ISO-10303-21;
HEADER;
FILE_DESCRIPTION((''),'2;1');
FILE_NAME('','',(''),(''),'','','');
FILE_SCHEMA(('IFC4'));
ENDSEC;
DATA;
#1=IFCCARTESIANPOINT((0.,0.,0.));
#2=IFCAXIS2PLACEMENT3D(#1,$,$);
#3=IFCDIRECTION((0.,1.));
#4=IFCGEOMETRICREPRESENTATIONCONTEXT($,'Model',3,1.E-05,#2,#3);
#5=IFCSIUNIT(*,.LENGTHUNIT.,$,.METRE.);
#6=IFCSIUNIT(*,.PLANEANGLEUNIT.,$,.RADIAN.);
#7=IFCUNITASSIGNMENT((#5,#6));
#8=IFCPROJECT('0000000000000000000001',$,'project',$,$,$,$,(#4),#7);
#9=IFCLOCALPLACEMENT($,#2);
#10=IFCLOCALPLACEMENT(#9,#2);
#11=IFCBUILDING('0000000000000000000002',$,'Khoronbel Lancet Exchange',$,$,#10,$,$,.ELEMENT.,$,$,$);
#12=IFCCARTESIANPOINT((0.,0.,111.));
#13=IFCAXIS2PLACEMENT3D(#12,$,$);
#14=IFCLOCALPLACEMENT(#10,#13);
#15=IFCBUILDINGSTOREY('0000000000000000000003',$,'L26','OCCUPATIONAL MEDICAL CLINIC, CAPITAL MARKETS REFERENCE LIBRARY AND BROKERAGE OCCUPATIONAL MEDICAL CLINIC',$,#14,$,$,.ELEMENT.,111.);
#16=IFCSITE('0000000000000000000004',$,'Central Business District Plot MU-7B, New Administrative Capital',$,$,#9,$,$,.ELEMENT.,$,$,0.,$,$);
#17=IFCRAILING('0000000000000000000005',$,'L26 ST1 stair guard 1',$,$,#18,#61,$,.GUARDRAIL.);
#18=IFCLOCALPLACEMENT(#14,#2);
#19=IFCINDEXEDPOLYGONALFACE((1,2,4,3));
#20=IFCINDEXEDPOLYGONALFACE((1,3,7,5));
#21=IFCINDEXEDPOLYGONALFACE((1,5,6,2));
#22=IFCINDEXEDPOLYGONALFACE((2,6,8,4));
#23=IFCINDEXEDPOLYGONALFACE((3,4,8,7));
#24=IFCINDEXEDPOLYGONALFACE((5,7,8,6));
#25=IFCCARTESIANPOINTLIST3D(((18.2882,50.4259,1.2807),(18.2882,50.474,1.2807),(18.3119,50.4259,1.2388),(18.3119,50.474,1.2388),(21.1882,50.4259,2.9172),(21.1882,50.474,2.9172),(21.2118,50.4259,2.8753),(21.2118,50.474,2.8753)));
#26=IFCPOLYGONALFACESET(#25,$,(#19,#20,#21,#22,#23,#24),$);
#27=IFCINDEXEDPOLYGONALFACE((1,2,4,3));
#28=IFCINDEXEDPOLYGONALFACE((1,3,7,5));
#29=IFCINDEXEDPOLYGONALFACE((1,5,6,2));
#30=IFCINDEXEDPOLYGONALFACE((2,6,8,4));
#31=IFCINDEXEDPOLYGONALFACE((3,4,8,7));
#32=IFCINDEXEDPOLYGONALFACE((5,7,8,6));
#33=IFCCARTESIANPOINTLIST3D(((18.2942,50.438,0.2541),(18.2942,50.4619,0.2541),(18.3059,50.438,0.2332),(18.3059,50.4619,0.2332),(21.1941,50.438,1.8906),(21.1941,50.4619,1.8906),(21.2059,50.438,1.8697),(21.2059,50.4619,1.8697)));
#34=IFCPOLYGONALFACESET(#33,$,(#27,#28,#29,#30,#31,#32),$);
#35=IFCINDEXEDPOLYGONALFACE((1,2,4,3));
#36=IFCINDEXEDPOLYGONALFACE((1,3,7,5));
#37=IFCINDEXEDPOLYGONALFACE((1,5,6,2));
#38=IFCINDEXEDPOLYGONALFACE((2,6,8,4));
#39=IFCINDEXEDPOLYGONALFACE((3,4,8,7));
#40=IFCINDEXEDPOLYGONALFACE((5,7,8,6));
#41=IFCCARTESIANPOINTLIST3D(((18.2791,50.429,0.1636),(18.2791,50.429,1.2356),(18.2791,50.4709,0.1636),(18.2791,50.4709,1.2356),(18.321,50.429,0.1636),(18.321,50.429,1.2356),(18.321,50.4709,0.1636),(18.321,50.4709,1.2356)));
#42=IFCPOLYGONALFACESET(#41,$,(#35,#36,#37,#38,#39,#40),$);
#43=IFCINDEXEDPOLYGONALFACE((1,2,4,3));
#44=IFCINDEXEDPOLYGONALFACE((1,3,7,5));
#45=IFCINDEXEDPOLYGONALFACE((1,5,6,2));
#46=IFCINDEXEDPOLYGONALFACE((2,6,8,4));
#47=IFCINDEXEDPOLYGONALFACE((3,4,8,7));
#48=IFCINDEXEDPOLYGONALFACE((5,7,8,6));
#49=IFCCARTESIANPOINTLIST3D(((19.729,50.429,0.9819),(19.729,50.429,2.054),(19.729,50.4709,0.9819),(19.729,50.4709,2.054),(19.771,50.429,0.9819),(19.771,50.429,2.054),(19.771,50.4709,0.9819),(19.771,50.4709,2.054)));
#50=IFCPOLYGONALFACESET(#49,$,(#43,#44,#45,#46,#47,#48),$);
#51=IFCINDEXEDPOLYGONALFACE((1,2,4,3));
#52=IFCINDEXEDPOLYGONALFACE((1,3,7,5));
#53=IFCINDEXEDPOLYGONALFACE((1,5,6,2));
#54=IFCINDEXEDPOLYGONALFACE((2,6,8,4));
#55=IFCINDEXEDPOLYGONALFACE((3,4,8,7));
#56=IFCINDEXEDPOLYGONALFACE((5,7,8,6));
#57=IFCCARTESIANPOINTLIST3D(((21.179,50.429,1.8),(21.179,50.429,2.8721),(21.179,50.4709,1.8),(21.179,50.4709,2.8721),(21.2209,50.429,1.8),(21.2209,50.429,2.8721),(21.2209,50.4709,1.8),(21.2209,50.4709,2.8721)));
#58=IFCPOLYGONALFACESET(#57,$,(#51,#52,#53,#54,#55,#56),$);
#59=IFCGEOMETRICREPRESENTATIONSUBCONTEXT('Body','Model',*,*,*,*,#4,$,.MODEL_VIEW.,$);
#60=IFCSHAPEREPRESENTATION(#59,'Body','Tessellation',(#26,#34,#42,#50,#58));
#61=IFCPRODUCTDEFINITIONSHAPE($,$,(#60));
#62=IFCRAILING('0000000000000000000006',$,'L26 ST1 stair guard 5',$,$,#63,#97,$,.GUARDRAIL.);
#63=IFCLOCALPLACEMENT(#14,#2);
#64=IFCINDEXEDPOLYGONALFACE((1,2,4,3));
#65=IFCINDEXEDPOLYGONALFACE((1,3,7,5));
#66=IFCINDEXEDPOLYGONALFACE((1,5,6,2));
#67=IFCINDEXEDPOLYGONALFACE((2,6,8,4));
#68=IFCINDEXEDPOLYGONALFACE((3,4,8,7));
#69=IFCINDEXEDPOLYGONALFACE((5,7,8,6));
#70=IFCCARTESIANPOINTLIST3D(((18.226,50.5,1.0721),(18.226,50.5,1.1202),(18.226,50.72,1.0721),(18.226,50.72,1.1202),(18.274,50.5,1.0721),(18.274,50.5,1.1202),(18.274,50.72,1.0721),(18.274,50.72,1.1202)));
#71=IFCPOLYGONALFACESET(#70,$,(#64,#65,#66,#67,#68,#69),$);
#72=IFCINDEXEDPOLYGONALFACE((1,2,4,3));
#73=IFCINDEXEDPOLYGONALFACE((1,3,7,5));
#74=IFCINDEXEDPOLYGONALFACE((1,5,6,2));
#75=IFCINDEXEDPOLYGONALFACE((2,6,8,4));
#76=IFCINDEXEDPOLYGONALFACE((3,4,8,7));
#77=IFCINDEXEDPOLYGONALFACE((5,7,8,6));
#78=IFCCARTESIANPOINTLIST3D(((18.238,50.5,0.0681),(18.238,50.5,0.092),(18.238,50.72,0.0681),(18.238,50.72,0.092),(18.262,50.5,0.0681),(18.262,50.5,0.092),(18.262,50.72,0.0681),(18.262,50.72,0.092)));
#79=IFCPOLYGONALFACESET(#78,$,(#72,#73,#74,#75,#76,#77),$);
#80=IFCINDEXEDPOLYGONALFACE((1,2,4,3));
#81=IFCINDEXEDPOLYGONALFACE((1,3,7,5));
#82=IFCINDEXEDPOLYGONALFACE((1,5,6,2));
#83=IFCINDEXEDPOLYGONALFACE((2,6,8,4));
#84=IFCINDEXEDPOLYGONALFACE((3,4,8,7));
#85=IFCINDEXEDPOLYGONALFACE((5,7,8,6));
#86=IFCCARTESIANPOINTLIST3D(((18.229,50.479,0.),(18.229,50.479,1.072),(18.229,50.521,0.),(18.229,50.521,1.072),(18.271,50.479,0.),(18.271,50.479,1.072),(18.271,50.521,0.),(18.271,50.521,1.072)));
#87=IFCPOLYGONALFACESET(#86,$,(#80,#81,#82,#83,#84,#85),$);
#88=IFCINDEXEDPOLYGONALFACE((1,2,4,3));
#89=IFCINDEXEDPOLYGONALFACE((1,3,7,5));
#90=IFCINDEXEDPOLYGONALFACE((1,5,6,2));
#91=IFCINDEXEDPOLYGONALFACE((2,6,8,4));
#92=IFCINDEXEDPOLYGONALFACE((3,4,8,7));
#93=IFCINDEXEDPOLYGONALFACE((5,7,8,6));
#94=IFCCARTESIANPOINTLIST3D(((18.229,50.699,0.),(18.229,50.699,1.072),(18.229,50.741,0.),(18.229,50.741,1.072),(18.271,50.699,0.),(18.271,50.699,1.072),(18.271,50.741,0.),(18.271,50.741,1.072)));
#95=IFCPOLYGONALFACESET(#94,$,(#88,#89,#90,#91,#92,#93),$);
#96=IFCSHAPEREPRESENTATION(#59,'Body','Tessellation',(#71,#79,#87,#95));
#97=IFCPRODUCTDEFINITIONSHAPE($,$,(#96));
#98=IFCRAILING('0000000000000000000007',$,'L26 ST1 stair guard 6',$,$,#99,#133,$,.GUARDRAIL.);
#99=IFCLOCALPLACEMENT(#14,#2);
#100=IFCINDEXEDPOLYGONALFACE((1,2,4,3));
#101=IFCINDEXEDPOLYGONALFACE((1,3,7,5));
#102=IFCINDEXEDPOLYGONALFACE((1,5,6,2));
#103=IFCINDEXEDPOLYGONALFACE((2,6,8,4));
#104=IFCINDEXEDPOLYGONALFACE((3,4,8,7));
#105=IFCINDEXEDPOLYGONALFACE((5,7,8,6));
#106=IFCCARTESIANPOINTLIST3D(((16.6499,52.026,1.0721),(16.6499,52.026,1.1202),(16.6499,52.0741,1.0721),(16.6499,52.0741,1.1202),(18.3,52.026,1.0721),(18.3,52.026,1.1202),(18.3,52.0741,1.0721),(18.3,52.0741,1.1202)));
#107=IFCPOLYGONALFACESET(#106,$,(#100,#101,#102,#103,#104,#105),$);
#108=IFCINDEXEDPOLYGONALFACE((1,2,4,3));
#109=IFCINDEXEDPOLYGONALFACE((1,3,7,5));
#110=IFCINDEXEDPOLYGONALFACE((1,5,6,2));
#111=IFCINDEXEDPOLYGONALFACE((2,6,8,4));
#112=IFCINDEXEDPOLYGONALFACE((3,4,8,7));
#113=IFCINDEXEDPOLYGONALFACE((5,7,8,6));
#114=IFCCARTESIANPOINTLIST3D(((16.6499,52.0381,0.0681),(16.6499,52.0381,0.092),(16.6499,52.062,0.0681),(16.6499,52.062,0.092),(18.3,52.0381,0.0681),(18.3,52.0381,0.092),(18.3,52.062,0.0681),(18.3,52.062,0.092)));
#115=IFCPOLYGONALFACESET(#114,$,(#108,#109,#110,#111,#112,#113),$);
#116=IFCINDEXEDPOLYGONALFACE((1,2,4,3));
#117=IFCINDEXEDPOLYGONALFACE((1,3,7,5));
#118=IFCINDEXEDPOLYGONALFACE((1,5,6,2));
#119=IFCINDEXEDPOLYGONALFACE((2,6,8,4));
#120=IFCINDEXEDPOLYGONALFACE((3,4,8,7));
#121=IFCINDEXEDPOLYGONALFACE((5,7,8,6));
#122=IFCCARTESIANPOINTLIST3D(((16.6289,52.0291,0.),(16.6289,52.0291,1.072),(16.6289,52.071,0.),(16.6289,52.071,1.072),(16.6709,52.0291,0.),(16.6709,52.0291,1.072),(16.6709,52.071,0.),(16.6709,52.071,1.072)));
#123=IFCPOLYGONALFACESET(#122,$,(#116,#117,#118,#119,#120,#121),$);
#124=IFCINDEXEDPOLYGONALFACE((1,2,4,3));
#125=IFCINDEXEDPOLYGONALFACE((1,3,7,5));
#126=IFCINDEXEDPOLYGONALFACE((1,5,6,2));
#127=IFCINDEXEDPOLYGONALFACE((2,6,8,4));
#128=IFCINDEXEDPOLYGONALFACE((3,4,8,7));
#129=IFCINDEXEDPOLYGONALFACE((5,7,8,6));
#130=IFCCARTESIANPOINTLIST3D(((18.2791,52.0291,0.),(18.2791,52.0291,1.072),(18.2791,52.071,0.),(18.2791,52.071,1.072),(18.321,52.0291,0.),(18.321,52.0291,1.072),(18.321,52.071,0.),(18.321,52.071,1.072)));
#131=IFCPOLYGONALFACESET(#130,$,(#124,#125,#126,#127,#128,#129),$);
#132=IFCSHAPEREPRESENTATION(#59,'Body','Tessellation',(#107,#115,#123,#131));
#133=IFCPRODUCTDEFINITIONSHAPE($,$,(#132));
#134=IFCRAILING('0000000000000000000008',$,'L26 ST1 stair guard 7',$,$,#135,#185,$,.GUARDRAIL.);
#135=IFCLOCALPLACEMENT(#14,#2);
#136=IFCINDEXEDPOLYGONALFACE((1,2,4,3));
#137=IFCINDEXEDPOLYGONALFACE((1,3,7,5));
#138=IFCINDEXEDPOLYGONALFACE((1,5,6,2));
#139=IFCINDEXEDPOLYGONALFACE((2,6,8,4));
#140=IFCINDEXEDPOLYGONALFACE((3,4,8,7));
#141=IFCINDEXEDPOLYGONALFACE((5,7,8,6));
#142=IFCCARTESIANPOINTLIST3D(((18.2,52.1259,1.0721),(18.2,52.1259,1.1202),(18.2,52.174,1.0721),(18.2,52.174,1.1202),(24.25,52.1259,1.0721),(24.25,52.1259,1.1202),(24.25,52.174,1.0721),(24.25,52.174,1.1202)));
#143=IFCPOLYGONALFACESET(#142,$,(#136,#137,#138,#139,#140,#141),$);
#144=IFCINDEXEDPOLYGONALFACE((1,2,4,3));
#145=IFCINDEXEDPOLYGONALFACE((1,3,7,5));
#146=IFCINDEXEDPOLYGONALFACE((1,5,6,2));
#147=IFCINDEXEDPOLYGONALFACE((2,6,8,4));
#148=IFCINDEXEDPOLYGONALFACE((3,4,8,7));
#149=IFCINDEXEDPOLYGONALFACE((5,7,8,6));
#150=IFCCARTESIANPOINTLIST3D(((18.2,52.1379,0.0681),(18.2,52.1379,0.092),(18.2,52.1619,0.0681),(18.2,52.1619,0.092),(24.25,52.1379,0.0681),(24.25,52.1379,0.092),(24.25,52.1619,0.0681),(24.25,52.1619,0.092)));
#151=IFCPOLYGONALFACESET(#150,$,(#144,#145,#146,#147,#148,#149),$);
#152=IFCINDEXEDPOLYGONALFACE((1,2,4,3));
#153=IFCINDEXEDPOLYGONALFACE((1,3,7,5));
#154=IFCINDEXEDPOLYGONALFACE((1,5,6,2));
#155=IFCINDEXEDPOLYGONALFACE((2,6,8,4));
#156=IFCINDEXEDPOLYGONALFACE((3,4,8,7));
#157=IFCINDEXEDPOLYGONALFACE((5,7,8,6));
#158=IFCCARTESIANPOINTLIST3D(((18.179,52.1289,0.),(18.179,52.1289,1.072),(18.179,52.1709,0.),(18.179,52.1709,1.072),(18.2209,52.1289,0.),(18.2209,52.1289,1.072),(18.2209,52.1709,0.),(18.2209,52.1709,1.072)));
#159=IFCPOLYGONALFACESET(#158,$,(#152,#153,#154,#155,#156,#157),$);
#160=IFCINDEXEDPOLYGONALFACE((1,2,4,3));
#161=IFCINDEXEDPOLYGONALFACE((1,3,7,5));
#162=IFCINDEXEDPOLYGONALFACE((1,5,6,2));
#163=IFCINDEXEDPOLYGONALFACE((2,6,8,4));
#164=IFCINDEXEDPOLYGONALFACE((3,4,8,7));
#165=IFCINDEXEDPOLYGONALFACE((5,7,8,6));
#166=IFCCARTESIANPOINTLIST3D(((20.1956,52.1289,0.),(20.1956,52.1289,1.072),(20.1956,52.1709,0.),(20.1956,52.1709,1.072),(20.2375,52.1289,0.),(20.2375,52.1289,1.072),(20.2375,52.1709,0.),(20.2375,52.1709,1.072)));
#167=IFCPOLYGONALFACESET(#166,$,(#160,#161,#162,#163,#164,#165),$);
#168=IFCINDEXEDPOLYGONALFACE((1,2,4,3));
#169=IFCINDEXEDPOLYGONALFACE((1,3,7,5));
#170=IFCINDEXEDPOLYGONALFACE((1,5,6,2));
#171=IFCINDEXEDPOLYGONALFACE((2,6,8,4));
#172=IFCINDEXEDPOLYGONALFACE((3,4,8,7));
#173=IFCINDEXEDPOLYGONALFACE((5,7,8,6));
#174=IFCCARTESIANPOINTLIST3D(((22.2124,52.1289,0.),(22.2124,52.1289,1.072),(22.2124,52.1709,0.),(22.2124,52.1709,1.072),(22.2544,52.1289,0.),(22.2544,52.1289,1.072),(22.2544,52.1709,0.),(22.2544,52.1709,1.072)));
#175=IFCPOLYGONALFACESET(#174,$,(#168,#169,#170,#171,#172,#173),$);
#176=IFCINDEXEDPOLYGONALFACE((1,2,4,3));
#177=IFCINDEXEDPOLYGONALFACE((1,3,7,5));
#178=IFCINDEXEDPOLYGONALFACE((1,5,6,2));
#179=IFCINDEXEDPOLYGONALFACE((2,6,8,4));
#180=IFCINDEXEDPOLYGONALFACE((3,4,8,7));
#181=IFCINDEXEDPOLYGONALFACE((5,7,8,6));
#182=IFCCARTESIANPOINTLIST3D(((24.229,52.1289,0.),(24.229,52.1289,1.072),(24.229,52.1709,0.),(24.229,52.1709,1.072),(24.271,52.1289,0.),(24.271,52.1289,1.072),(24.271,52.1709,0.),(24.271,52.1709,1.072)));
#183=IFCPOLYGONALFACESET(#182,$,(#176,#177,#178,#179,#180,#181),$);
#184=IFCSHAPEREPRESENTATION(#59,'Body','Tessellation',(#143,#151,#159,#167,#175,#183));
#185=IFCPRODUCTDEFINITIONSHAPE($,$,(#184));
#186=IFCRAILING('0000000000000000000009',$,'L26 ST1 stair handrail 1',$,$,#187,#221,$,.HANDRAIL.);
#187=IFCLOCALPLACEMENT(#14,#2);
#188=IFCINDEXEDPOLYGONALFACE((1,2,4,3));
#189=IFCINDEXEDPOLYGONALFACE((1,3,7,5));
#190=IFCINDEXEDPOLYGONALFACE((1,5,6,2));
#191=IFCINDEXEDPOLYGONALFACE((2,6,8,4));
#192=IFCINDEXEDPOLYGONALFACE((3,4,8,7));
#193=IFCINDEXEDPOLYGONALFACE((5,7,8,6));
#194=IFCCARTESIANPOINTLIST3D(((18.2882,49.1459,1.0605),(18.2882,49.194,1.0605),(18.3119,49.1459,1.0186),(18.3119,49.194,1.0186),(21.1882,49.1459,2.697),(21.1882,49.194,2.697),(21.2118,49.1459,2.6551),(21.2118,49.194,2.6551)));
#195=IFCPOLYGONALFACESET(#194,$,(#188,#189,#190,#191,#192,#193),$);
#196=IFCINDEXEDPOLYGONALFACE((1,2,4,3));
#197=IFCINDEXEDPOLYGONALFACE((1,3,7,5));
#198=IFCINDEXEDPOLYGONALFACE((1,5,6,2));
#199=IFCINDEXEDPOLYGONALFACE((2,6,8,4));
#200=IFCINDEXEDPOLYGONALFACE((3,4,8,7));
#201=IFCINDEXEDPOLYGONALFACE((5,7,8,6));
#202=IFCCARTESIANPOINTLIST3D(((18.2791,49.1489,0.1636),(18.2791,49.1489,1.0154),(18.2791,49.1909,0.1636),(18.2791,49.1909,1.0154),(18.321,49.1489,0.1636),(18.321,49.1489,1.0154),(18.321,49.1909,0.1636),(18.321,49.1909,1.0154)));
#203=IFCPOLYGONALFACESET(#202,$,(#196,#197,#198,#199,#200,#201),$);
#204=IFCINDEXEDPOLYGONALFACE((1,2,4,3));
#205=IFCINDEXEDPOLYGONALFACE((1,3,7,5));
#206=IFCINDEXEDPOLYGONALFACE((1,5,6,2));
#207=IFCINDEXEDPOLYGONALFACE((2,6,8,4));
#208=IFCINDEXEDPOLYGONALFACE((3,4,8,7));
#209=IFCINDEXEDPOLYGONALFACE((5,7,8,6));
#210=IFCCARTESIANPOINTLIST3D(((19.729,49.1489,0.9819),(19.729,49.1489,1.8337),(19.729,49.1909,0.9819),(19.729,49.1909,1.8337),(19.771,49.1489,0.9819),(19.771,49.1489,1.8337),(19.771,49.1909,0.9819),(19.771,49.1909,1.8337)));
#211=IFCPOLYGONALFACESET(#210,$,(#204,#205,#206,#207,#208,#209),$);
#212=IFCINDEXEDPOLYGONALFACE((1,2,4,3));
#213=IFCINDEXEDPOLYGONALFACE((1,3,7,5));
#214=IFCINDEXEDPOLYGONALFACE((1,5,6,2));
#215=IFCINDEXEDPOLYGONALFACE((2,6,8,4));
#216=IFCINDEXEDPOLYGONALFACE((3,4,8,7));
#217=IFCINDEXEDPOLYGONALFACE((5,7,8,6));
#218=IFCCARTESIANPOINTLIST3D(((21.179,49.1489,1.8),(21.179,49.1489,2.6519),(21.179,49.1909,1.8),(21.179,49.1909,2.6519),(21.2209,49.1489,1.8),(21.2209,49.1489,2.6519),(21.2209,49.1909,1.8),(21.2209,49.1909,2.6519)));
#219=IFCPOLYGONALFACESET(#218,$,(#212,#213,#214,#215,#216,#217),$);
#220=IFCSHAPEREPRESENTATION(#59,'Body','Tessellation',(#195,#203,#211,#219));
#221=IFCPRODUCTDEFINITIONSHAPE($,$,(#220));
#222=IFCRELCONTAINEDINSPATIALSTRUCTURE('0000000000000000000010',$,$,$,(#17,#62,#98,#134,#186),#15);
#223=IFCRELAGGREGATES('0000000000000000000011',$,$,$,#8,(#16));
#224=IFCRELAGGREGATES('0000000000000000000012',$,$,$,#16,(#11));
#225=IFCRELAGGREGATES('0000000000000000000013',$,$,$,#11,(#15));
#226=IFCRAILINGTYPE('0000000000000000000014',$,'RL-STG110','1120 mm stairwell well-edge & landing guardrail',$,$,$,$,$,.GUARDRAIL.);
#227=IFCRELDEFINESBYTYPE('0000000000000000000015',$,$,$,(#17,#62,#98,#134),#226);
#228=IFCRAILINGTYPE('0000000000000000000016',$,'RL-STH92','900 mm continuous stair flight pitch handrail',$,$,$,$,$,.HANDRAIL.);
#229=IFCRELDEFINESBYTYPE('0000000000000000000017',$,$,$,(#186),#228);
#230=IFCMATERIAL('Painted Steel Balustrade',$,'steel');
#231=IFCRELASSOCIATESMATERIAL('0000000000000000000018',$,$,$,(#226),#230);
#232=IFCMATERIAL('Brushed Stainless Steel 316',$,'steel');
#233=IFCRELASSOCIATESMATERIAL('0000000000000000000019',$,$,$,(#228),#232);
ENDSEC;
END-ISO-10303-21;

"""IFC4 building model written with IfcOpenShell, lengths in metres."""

from ifc_helpers import new_model, si_unit, direction, frame, origin, origin_2d, place, context, subcontext, project, spatial, rectangle, extrude, material, type_object, element, save


model = new_model("IFC4")

# Units and contexts
model_context = context("Model", 3, precision=1e-05, world=origin(), true_north=direction((0.0, 1.0)))
body_context = subcontext(model_context, "Body", "Model", "MODEL_VIEW")
ifc_project = project(units=[si_unit("LENGTHUNIT", "METRE"), si_unit("PLANEANGLEUNIT", "RADIAN")], contexts=[model_context])

# Site, building, storey
site_placement = place(None, origin())
site = spatial("IfcSite", under=ifc_project, at=site_placement, Name="Central Business District Plot MU-7B, New Administrative Capital", CompositionType="ELEMENT", RefElevation=0.0)
building_placement = place(site_placement, origin())
building = spatial("IfcBuilding", under=site, at=building_placement, Name="Khoronbel Lancet Exchange", CompositionType="ELEMENT")
storey_placement = place(building_placement, frame((0.0, 0.0, 111.0)))
storey = spatial("IfcBuildingStorey", under=building, at=storey_placement, Name="L26", Description="OCCUPATIONAL MEDICAL CLINIC, CAPITAL MARKETS REFERENCE LIBRARY AND BROKERAGE OCCUPATIONAL MEDICAL CLINIC", CompositionType="ELEMENT", Elevation=111.0)

# Railings
ifc_material_1 = material(Name="Painted Steel Balustrade", Category="steel")
railing_type_1 = type_object("IfcRailingType", Name="RL-STG110", Description="1120 mm stairwell well-edge & landing guardrail", PredefinedType="GUARDRAIL", material=ifc_material_1)
railing_1_placement = place(storey_placement, frame((18.3, 50.45, 0.1636)))
element("IfcRailing", 1, at=railing_1_placement, inside=storey, type_object=railing_type_1, Name="L26 ST1 stair guard 1", PredefinedType="GUARDRAIL", context=body_context, shape_type="SweptSolid", body=[
    extrude(rectangle(XDim=0.0481, YDim=0.0481, at=origin_2d()), frame((0.0, 0.0, 1.0962), z_axis=(0.870897, 0.0, 0.491465), x_axis=(0.0, 1.0, 0.0)), (0.0, 0.0, 1.0), 3.3298),
    extrude(rectangle(XDim=0.0239, YDim=0.0239, at=origin_2d()), frame((0.0, 0.0, 0.0801), z_axis=(0.870897, 0.0, 0.491465), x_axis=(0.0, 1.0, 0.0)), (0.0, 0.0, 1.0), 3.3298),
    extrude(rectangle(XDim=0.042, YDim=0.042, at=origin_2d()), origin(), (0.0, 0.0, 1.0), 1.072),
    extrude(rectangle(XDim=0.042, YDim=0.042, at=origin_2d()), frame((1.45, 0.0, 0.8184)), (0.0, 0.0, 1.0), 1.072),
    extrude(rectangle(XDim=0.042, YDim=0.042, at=origin_2d()), frame((2.8999, 0.0, 1.6365)), (0.0, 0.0, 1.0), 1.072),
])
railing_2_placement = place(storey_placement, frame((18.25, 50.5, 0.0)))
element("IfcRailing", 2, at=railing_2_placement, inside=storey, type_object=railing_type_1, Name="L26 ST1 stair guard 5", PredefinedType="GUARDRAIL", context=body_context, shape_type="SweptSolid", body=[
    extrude(rectangle(XDim=0.0481, YDim=0.0481, at=origin_2d()), frame((0.0, 0.0, 1.0962), z_axis=(0.0, 1.0, 0.0), x_axis=(-1.0, 0.0, 0.0)), (0.0, 0.0, 1.0), 0.22),
    extrude(rectangle(XDim=0.0239, YDim=0.0239, at=origin_2d()), frame((0.0, 0.0, 0.0801), z_axis=(0.0, 1.0, 0.0), x_axis=(-1.0, 0.0, 0.0)), (0.0, 0.0, 1.0), 0.22),
    extrude(rectangle(XDim=0.042, YDim=0.042, at=origin_2d()), origin(), (0.0, 0.0, 1.0), 1.072),
    extrude(rectangle(XDim=0.042, YDim=0.042, at=origin_2d()), frame((0.0, 0.22, 0.0)), (0.0, 0.0, 1.0), 1.072),
])
railing_3_placement = place(storey_placement, frame((16.6499, 52.05, 0.0)))
element("IfcRailing", 3, at=railing_3_placement, inside=storey, type_object=railing_type_1, Name="L26 ST1 stair guard 6", PredefinedType="GUARDRAIL", context=body_context, shape_type="SweptSolid", body=[
    extrude(rectangle(XDim=0.0481, YDim=0.0481, at=origin_2d()), frame((0.0, 0.0, 1.0962), z_axis=(1.0, 0.0, 0.0), x_axis=(0.0, 1.0, 0.0)), (0.0, 0.0, 1.0), 1.6501),
    extrude(rectangle(XDim=0.0239, YDim=0.0239, at=origin_2d()), frame((0.0, 0.0, 0.0801), z_axis=(1.0, 0.0, 0.0), x_axis=(0.0, 1.0, 0.0)), (0.0, 0.0, 1.0), 1.6501),
    extrude(rectangle(XDim=0.042, YDim=0.042, at=origin_2d()), origin(), (0.0, 0.0, 1.0), 1.072),
    extrude(rectangle(XDim=0.042, YDim=0.042, at=origin_2d()), frame((1.6501, 0.0, 0.0)), (0.0, 0.0, 1.0), 1.072),
])
railing_4_placement = place(storey_placement, frame((18.2, 52.1499, 0.0)))
element("IfcRailing", 4, at=railing_4_placement, inside=storey, type_object=railing_type_1, Name="L26 ST1 stair guard 7", PredefinedType="GUARDRAIL", context=body_context, shape_type="SweptSolid", body=[
    extrude(rectangle(XDim=0.0481, YDim=0.0481, at=origin_2d()), frame((0.0, 0.0, 1.0962), z_axis=(1.0, 0.0, 0.0), x_axis=(0.0, 1.0, 0.0)), (0.0, 0.0, 1.0), 6.05),
    extrude(rectangle(XDim=0.0239, YDim=0.0239, at=origin_2d()), frame((0.0, 0.0, 0.0801), z_axis=(1.0, 0.0, 0.0), x_axis=(0.0, 1.0, 0.0)), (0.0, 0.0, 1.0), 6.05),
    extrude(rectangle(XDim=0.042, YDim=0.042, at=origin_2d()), origin(), (0.0, 0.0, 1.0), 1.072),
    extrude(rectangle(XDim=0.042, YDim=0.042, at=origin_2d()), frame((2.0166, 0.0, 0.0)), (0.0, 0.0, 1.0), 1.072),
    extrude(rectangle(XDim=0.042, YDim=0.042, at=origin_2d()), frame((4.0334, 0.0, 0.0)), (0.0, 0.0, 1.0), 1.072),
    extrude(rectangle(XDim=0.042, YDim=0.042, at=origin_2d()), frame((6.05, 0.0, 0.0)), (0.0, 0.0, 1.0), 1.072),
])
ifc_material_2 = material(Name="Brushed Stainless Steel 316", Category="steel")
railing_type_2 = type_object("IfcRailingType", Name="RL-STH92", Description="900 mm continuous stair flight pitch handrail", PredefinedType="HANDRAIL", material=ifc_material_2)
railing_5_placement = place(storey_placement, frame((18.3, 49.1699, 0.1636)))
element("IfcRailing", 5, at=railing_5_placement, inside=storey, type_object=railing_type_2, Name="L26 ST1 stair handrail 1", PredefinedType="HANDRAIL", context=body_context, shape_type="SweptSolid", body=[
    extrude(rectangle(XDim=0.0481, YDim=0.0481, at=origin_2d()), frame((0.0, 0.0, 0.876), z_axis=(0.870897, 0.0, 0.491465), x_axis=(0.0, 1.0, 0.0)), (0.0, 0.0, 1.0), 3.3298),
    extrude(rectangle(XDim=0.042, YDim=0.042, at=origin_2d()), origin(), (0.0, 0.0, 1.0), 0.8518),
    extrude(rectangle(XDim=0.042, YDim=0.042, at=origin_2d()), frame((1.45, 0.0, 0.8184)), (0.0, 0.0, 1.0), 0.8518),
    extrude(rectangle(XDim=0.042, YDim=0.042, at=origin_2d()), frame((2.8999, 0.0, 1.6365)), (0.0, 0.0, 1.0), 0.8518),
])

save(model, "model.ifc")
